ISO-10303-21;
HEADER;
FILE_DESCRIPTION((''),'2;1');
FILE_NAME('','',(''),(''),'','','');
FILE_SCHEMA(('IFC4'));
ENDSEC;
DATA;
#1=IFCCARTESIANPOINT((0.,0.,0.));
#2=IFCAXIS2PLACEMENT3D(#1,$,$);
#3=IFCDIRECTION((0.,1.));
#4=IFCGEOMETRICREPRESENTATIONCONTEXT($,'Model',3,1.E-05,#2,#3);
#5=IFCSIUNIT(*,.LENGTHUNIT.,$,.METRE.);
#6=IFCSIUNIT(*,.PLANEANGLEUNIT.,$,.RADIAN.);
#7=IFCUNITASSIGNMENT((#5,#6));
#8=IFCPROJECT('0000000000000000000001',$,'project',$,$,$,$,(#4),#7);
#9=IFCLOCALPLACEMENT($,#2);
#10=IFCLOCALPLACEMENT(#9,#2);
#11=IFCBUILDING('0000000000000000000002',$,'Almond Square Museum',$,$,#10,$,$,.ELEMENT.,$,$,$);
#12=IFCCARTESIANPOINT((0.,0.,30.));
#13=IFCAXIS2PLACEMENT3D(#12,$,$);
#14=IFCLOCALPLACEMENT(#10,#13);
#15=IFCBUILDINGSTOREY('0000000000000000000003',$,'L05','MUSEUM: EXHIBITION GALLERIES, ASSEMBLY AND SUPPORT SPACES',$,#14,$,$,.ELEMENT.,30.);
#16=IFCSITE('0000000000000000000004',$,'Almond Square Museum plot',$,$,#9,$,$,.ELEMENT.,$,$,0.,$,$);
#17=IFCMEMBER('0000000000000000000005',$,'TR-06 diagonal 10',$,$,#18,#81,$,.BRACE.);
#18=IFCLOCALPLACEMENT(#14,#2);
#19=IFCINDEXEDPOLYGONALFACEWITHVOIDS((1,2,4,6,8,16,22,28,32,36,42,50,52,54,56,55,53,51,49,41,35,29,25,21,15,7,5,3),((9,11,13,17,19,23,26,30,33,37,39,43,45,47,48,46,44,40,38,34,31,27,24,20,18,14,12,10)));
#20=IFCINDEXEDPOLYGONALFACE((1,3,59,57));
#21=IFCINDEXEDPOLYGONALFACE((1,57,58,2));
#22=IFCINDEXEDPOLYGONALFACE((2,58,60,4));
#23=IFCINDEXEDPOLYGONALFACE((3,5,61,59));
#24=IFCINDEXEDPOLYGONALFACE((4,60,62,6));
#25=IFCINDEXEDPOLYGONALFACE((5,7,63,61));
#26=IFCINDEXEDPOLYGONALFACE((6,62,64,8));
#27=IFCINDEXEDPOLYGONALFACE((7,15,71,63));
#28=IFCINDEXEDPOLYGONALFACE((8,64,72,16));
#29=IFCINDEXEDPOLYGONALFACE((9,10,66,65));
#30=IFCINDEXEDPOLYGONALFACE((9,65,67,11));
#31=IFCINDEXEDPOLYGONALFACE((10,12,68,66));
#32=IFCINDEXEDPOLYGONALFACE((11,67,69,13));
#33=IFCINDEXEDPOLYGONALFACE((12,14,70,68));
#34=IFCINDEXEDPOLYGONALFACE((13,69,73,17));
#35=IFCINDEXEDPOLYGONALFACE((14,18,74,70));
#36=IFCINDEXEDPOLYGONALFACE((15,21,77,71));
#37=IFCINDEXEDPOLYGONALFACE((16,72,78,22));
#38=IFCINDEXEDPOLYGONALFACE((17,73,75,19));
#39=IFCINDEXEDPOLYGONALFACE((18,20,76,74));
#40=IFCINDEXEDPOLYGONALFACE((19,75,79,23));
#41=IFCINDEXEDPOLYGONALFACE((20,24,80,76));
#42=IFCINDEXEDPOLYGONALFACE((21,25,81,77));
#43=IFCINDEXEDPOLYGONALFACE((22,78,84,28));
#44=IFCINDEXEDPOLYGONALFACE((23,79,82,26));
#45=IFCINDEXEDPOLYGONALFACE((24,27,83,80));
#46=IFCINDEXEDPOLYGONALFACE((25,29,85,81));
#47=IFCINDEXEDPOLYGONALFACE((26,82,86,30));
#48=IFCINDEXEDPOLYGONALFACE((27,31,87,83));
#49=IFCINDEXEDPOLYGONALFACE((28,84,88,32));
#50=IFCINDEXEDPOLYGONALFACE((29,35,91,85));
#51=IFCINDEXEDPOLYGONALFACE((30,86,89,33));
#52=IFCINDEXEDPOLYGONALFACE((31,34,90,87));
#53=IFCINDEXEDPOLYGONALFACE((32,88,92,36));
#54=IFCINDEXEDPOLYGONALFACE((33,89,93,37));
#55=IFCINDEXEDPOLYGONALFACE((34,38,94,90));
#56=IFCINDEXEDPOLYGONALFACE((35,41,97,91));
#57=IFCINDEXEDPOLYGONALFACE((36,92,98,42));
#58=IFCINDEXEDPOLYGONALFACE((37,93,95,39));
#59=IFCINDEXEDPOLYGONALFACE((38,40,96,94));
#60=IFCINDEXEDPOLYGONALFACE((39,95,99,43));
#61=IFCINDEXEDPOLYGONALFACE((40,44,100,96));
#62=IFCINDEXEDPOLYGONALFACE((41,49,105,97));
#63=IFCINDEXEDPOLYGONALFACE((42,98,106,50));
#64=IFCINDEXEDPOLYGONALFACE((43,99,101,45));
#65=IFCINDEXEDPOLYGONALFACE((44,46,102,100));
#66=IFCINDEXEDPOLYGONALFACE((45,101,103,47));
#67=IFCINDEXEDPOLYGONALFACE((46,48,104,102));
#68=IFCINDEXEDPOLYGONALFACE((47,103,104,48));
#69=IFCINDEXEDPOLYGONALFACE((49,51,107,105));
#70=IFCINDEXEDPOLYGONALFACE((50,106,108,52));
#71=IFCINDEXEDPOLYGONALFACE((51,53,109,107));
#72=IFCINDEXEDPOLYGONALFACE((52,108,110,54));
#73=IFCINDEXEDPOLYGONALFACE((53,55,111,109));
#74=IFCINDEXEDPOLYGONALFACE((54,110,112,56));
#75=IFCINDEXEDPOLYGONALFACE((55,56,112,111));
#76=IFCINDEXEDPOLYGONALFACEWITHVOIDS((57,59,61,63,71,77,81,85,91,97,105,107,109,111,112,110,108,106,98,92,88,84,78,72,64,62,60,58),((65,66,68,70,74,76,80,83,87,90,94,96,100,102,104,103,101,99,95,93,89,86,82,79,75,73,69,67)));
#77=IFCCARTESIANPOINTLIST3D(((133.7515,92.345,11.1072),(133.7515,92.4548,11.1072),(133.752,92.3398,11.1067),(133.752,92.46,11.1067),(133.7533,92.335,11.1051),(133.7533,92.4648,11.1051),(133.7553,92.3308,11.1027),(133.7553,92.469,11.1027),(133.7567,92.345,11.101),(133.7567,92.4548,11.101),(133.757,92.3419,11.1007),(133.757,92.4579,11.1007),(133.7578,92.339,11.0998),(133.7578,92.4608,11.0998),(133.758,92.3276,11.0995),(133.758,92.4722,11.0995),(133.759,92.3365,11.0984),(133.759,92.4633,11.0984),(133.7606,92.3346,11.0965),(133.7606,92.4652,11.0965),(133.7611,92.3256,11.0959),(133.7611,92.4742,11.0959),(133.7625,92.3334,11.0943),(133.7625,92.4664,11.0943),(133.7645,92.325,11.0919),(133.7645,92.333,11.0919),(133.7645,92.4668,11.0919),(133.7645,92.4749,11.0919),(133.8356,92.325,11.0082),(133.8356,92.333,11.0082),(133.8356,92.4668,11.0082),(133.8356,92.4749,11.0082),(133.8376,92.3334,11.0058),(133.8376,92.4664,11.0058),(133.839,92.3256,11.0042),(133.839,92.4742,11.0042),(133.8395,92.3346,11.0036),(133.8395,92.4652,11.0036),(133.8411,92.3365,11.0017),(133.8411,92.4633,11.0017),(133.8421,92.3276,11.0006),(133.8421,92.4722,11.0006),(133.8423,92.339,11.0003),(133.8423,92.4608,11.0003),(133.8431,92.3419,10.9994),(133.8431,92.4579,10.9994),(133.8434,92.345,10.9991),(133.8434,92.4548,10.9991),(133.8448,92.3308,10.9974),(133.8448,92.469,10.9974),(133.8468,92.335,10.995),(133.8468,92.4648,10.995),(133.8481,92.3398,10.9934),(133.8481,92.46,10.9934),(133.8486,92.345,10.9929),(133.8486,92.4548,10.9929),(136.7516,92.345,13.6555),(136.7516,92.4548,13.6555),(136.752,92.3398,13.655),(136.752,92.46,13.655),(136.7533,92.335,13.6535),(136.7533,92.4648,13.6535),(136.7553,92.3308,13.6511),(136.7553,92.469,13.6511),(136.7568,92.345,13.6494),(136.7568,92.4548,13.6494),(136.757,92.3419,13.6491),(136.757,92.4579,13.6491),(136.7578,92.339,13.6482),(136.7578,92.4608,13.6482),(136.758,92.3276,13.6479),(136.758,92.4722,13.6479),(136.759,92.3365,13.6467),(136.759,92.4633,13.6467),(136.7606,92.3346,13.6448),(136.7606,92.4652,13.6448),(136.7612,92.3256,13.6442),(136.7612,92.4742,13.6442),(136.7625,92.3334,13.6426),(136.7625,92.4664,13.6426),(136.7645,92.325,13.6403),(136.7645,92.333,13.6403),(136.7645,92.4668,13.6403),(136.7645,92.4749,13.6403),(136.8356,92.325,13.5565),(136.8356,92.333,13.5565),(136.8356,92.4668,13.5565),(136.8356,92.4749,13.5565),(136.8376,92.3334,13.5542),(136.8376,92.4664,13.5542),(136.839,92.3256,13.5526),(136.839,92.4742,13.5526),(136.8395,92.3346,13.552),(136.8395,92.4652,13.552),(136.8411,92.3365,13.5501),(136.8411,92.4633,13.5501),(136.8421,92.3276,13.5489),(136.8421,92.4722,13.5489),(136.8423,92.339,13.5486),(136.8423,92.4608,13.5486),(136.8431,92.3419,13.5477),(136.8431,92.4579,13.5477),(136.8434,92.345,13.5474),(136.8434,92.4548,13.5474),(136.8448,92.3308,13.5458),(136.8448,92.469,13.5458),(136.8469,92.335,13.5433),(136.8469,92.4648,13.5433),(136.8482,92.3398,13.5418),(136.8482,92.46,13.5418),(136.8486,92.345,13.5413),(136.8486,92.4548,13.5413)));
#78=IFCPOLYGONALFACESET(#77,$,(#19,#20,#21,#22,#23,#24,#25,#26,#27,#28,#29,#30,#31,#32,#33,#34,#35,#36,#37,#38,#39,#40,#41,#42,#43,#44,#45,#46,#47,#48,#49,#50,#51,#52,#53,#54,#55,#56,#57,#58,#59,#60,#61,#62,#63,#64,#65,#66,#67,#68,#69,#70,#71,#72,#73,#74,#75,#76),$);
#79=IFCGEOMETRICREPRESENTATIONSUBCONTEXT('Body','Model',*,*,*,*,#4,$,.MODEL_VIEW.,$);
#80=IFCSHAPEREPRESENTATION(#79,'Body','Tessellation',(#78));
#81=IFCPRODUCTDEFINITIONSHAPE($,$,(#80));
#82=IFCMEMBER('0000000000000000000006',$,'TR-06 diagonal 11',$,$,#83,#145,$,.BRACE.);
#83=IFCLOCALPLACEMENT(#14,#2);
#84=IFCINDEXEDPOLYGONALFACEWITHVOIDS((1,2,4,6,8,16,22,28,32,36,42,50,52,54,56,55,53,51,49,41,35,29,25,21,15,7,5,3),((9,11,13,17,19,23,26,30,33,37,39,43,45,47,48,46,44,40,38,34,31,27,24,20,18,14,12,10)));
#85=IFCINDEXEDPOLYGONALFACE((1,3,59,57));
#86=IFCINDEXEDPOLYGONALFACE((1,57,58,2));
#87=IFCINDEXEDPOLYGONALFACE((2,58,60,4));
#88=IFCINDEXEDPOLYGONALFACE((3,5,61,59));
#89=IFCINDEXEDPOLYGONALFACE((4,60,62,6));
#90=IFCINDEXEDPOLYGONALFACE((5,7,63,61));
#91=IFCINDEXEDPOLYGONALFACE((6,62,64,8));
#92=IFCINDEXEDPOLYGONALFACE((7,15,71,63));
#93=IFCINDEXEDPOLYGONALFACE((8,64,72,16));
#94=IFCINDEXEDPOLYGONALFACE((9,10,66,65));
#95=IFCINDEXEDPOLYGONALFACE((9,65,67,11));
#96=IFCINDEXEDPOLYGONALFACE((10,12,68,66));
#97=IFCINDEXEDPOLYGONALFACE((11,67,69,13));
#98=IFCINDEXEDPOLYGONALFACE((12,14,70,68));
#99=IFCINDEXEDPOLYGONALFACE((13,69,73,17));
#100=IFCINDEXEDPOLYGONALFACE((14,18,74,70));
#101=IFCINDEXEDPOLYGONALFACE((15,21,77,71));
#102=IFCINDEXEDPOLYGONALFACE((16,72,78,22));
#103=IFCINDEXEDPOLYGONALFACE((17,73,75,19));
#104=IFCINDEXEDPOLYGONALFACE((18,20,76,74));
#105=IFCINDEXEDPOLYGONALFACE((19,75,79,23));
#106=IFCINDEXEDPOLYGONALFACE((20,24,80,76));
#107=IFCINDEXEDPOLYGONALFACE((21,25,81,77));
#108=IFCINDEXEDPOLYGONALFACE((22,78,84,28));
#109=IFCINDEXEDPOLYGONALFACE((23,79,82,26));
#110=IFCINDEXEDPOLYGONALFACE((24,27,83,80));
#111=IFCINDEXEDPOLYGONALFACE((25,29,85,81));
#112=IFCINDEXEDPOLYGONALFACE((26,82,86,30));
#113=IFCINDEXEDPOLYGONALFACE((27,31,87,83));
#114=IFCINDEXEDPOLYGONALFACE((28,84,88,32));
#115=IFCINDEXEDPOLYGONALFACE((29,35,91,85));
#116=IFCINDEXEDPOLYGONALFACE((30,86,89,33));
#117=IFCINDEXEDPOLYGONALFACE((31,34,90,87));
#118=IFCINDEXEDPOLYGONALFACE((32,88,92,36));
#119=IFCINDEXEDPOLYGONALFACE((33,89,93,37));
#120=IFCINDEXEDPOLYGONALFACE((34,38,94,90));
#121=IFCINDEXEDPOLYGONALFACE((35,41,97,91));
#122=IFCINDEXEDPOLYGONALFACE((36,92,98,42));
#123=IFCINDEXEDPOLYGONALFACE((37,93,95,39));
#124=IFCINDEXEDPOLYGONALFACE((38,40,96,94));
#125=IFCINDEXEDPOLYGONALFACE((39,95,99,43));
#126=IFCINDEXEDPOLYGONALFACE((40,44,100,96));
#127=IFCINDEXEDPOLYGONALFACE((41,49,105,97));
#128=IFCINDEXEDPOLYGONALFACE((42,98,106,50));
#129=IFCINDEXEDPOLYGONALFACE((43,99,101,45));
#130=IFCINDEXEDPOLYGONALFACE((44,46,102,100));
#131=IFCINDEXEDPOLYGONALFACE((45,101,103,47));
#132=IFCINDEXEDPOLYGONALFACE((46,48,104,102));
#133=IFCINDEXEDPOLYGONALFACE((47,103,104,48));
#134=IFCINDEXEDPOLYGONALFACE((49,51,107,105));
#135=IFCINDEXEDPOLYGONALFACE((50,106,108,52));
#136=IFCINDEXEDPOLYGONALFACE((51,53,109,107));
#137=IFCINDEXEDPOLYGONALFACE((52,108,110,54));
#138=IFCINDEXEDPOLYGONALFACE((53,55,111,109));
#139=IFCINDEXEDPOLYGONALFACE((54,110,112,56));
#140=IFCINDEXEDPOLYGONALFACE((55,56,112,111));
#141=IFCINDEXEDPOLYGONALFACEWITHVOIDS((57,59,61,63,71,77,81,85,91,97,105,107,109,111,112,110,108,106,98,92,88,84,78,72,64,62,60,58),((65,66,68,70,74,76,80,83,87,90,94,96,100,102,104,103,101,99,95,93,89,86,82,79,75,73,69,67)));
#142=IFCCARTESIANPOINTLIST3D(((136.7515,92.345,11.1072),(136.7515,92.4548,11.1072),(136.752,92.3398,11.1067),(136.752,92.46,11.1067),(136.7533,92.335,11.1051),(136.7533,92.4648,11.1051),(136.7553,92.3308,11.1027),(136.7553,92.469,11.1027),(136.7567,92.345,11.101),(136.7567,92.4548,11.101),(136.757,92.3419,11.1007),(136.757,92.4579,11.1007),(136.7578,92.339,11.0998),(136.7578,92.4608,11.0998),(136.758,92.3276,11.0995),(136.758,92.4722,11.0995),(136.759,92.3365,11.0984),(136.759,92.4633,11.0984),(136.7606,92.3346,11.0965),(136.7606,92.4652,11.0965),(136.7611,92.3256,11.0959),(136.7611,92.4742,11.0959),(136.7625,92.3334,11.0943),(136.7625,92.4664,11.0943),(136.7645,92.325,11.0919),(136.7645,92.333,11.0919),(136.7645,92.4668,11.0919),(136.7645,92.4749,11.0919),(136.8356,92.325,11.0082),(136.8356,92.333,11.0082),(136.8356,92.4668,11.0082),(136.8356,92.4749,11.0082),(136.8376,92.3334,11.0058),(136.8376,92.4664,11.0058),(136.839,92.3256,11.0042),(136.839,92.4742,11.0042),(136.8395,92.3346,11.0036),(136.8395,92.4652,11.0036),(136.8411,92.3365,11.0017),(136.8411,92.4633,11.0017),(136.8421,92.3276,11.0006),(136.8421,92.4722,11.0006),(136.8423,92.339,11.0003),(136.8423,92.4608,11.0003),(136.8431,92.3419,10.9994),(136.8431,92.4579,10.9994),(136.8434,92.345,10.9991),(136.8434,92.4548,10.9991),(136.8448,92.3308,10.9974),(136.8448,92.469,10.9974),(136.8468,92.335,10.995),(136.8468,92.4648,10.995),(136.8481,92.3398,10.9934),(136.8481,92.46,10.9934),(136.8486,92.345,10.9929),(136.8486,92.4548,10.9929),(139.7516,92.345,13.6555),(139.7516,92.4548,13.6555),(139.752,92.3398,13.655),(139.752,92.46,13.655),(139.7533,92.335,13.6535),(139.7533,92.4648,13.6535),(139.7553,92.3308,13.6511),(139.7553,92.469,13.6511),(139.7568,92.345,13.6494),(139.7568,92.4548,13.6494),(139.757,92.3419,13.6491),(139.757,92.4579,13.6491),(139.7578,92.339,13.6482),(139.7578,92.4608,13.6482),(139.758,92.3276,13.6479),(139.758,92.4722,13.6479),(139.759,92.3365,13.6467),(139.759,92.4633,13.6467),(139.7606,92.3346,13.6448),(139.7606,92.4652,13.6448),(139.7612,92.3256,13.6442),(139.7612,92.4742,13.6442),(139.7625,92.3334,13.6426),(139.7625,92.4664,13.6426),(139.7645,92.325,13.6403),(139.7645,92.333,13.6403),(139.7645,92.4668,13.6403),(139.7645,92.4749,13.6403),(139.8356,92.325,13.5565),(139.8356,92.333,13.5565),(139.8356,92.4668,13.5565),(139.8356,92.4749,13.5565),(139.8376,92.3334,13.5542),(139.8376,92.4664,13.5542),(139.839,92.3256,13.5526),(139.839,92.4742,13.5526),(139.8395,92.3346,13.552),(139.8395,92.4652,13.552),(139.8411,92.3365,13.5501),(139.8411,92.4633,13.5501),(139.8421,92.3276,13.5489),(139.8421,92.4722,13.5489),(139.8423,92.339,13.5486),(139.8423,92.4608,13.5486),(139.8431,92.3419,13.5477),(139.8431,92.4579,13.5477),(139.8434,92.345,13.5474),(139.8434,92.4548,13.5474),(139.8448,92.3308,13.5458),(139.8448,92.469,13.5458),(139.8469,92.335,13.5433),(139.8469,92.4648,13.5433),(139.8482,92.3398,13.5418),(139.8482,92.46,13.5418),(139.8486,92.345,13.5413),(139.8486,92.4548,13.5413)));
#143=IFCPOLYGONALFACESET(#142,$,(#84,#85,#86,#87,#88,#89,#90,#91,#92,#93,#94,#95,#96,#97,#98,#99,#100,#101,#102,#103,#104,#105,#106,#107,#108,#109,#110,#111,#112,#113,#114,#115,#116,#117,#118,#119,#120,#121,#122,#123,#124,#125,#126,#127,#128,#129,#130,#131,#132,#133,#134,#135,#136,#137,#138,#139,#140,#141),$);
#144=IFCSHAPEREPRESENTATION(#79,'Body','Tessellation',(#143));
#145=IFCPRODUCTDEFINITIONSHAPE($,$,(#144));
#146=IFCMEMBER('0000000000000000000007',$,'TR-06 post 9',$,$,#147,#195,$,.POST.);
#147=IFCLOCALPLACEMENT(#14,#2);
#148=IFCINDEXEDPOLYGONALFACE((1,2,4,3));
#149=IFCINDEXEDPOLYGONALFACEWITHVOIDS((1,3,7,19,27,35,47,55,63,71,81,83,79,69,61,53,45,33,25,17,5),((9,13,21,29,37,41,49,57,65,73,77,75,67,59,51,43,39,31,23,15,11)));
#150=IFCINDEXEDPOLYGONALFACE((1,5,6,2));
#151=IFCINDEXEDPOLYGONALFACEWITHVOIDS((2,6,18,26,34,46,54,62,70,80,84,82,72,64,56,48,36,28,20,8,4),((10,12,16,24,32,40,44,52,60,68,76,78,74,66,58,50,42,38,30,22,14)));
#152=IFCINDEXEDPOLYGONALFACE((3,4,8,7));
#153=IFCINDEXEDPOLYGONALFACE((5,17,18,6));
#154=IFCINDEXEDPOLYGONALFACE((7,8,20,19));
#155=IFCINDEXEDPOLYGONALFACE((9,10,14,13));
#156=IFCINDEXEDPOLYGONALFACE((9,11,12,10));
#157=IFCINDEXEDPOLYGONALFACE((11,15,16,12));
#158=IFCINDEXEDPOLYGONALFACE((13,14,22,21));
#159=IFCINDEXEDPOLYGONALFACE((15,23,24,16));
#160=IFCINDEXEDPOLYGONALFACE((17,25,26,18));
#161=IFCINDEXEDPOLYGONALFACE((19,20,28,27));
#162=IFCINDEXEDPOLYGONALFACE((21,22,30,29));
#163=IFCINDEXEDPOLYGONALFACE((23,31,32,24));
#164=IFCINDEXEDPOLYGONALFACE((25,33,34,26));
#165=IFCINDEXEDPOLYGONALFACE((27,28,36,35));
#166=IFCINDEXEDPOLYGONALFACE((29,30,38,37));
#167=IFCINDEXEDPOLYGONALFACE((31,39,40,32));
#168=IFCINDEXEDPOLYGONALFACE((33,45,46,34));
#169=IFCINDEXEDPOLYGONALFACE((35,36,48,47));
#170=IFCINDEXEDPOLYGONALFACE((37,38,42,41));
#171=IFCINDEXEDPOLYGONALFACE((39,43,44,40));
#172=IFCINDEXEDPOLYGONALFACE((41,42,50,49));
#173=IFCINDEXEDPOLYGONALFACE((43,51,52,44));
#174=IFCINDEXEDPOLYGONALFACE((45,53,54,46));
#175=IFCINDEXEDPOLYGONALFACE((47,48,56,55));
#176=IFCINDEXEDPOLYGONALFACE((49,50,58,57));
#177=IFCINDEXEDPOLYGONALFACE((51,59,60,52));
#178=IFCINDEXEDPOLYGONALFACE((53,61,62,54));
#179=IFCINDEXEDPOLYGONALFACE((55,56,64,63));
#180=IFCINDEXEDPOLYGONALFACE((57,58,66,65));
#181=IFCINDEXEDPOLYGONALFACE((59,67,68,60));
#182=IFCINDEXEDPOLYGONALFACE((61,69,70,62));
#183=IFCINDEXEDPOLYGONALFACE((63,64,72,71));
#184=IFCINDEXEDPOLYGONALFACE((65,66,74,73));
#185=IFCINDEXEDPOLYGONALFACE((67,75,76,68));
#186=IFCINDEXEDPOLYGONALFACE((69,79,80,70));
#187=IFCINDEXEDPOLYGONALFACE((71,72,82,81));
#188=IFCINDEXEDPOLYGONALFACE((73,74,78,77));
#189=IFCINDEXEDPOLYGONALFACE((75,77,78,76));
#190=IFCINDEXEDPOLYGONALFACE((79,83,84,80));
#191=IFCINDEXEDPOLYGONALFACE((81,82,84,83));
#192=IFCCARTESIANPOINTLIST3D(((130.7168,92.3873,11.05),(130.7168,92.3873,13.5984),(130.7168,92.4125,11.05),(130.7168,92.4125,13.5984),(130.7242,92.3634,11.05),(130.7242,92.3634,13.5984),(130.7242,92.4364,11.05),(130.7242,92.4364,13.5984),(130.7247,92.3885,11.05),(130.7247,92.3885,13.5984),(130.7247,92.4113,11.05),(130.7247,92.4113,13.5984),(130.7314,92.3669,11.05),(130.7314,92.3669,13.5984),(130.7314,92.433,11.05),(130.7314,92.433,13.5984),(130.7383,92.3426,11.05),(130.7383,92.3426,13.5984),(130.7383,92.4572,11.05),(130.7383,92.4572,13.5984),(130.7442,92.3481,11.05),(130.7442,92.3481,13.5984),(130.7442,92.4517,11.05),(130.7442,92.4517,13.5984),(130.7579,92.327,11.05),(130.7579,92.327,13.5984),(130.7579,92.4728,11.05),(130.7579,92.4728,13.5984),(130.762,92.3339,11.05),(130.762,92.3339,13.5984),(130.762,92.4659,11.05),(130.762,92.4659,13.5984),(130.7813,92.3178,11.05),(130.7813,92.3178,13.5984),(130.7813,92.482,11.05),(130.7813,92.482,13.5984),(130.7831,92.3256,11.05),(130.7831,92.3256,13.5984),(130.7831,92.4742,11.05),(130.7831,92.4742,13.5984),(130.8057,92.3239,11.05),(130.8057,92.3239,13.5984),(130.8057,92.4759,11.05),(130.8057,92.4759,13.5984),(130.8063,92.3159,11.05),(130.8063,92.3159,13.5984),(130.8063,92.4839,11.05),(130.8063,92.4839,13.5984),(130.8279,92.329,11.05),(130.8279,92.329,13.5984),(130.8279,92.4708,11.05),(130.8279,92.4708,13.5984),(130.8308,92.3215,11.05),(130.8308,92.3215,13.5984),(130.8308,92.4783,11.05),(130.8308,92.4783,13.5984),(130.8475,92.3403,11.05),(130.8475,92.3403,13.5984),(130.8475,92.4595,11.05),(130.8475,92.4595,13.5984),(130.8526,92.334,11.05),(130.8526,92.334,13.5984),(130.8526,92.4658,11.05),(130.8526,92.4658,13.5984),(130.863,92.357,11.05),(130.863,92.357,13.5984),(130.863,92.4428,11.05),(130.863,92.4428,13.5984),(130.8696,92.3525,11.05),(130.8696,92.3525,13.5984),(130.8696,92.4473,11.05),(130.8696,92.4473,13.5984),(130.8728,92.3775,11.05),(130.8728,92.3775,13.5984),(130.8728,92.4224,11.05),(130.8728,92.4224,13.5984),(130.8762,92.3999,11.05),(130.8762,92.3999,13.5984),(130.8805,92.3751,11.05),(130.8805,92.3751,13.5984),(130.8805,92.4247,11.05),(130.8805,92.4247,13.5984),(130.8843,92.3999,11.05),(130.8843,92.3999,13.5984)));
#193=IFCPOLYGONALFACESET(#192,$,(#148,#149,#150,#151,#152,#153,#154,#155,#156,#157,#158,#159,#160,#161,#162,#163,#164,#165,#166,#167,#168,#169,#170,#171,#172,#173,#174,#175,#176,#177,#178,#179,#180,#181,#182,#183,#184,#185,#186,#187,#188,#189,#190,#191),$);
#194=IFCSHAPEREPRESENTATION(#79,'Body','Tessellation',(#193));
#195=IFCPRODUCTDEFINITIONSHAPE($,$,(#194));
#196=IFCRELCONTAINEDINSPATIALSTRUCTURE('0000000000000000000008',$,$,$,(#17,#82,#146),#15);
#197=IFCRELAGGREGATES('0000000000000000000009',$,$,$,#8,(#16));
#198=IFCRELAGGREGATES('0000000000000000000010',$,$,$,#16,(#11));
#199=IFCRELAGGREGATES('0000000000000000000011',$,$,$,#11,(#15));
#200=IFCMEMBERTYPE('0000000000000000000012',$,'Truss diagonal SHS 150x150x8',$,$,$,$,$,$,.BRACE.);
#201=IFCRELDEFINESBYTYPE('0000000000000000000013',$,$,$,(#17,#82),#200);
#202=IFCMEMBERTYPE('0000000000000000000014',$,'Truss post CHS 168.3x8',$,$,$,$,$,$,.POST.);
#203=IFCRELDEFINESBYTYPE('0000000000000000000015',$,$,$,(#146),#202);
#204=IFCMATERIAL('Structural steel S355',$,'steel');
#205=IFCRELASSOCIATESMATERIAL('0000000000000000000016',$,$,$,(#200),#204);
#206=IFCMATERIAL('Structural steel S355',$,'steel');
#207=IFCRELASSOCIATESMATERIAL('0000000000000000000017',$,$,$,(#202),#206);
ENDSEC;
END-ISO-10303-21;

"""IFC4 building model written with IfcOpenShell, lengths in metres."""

from ifc_helpers import new_model, si_unit, direction, frame, origin, origin_2d, place, context, subcontext, project, spatial, hollow_rectangle, hollow_circle, extrude, material, material_profile, profile_set, type_object, element, save


model = new_model("IFC4")

# Units and contexts
model_context = context("Model", 3, precision=1e-05, world=origin(), true_north=direction((0.0, 1.0)))
body_context = subcontext(model_context, "Body", "Model", "MODEL_VIEW")
ifc_project = project(units=[si_unit("LENGTHUNIT", "METRE"), si_unit("PLANEANGLEUNIT", "RADIAN")], contexts=[model_context])

# Site, building, storey
site_placement = place(None, origin())
site = spatial("IfcSite", under=ifc_project, at=site_placement, Name="Almond Square Museum plot", CompositionType="ELEMENT", RefElevation=0.0)
building_placement = place(site_placement, origin())
building = spatial("IfcBuilding", under=site, at=building_placement, Name="Almond Square Museum", CompositionType="ELEMENT")
storey_placement = place(building_placement, frame((0.0, 0.0, 30.0)))
storey = spatial("IfcBuildingStorey", under=building, at=storey_placement, Name="L05", Description="MUSEUM: EXHIBITION GALLERIES, ASSEMBLY AND SUPPORT SPACES", CompositionType="ELEMENT", Elevation=30.0)

# Members
ifc_material_1 = material(Name="Structural steel S355", Category="steel")
ifc_material_profile_1 = material_profile(ifc_material_1, hollow_rectangle(XDim=0.1499, YDim=0.1499, WallThickness=0.0081, InnerFilletRadius=0.012, OuterFilletRadius=0.02, at=origin_2d()))
ifc_profile_set_1 = profile_set([ifc_material_profile_1], Name="Structural steel S355")
member_type_1 = type_object("IfcMemberType", Name="Truss diagonal SHS 150x150x8", PredefinedType="BRACE", material=ifc_profile_set_1)
for number, where, z_axis, x_axis, name in (
    (1, (133.8, 92.3999, 11.05), (0.762147, 0.0, 0.647404), (0.0, 1.0, 0.0), "TR-06 diagonal 10"),
    (2, (136.8, 92.3999, 11.05), (0.762147, 0.0, 0.647404), (0.0, 1.0, 0.0), "TR-06 diagonal 11"),
):
    element("IfcMember", number, at=place(storey_placement, frame(where, z_axis=z_axis, x_axis=x_axis)), inside=storey, type_object=member_type_1, Name=name, PredefinedType="BRACE", context=body_context, shape_type="SweptSolid", body=[
        extrude(hollow_rectangle(XDim=0.1499, YDim=0.1499, WallThickness=0.0081, InnerFilletRadius=0.012, OuterFilletRadius=0.02, at=origin_2d()), origin(), (0.0, 0.0, 1.0), 3.9363),
    ])
ifc_material_2 = material(Name="Structural steel S355", Category="steel")
ifc_material_profile_2 = material_profile(ifc_material_2, hollow_circle(Radius=0.0842, WallThickness=0.0081, at=origin_2d()))
ifc_profile_set_2 = profile_set([ifc_material_profile_2], Name="Structural steel S355")
member_type_2 = type_object("IfcMemberType", Name="Truss post CHS 168.3x8", PredefinedType="POST", material=ifc_profile_set_2)
for number, where, z_axis, x_axis, name in (
    (3, (130.8, 92.3999, 11.05), (0.0, 0.0, 1.0), (1.0, 0.0, 0.0), "TR-06 post 9"),
):
    element("IfcMember", number, at=place(storey_placement, frame(where, z_axis=z_axis, x_axis=x_axis)), inside=storey, type_object=member_type_2, Name=name, PredefinedType="POST", context=body_context, shape_type="SweptSolid", body=[
        extrude(hollow_circle(Radius=0.0842, WallThickness=0.0081, at=origin_2d()), origin(), (0.0, 0.0, 1.0), 2.5483),
    ])

save(model, "model.ifc")
